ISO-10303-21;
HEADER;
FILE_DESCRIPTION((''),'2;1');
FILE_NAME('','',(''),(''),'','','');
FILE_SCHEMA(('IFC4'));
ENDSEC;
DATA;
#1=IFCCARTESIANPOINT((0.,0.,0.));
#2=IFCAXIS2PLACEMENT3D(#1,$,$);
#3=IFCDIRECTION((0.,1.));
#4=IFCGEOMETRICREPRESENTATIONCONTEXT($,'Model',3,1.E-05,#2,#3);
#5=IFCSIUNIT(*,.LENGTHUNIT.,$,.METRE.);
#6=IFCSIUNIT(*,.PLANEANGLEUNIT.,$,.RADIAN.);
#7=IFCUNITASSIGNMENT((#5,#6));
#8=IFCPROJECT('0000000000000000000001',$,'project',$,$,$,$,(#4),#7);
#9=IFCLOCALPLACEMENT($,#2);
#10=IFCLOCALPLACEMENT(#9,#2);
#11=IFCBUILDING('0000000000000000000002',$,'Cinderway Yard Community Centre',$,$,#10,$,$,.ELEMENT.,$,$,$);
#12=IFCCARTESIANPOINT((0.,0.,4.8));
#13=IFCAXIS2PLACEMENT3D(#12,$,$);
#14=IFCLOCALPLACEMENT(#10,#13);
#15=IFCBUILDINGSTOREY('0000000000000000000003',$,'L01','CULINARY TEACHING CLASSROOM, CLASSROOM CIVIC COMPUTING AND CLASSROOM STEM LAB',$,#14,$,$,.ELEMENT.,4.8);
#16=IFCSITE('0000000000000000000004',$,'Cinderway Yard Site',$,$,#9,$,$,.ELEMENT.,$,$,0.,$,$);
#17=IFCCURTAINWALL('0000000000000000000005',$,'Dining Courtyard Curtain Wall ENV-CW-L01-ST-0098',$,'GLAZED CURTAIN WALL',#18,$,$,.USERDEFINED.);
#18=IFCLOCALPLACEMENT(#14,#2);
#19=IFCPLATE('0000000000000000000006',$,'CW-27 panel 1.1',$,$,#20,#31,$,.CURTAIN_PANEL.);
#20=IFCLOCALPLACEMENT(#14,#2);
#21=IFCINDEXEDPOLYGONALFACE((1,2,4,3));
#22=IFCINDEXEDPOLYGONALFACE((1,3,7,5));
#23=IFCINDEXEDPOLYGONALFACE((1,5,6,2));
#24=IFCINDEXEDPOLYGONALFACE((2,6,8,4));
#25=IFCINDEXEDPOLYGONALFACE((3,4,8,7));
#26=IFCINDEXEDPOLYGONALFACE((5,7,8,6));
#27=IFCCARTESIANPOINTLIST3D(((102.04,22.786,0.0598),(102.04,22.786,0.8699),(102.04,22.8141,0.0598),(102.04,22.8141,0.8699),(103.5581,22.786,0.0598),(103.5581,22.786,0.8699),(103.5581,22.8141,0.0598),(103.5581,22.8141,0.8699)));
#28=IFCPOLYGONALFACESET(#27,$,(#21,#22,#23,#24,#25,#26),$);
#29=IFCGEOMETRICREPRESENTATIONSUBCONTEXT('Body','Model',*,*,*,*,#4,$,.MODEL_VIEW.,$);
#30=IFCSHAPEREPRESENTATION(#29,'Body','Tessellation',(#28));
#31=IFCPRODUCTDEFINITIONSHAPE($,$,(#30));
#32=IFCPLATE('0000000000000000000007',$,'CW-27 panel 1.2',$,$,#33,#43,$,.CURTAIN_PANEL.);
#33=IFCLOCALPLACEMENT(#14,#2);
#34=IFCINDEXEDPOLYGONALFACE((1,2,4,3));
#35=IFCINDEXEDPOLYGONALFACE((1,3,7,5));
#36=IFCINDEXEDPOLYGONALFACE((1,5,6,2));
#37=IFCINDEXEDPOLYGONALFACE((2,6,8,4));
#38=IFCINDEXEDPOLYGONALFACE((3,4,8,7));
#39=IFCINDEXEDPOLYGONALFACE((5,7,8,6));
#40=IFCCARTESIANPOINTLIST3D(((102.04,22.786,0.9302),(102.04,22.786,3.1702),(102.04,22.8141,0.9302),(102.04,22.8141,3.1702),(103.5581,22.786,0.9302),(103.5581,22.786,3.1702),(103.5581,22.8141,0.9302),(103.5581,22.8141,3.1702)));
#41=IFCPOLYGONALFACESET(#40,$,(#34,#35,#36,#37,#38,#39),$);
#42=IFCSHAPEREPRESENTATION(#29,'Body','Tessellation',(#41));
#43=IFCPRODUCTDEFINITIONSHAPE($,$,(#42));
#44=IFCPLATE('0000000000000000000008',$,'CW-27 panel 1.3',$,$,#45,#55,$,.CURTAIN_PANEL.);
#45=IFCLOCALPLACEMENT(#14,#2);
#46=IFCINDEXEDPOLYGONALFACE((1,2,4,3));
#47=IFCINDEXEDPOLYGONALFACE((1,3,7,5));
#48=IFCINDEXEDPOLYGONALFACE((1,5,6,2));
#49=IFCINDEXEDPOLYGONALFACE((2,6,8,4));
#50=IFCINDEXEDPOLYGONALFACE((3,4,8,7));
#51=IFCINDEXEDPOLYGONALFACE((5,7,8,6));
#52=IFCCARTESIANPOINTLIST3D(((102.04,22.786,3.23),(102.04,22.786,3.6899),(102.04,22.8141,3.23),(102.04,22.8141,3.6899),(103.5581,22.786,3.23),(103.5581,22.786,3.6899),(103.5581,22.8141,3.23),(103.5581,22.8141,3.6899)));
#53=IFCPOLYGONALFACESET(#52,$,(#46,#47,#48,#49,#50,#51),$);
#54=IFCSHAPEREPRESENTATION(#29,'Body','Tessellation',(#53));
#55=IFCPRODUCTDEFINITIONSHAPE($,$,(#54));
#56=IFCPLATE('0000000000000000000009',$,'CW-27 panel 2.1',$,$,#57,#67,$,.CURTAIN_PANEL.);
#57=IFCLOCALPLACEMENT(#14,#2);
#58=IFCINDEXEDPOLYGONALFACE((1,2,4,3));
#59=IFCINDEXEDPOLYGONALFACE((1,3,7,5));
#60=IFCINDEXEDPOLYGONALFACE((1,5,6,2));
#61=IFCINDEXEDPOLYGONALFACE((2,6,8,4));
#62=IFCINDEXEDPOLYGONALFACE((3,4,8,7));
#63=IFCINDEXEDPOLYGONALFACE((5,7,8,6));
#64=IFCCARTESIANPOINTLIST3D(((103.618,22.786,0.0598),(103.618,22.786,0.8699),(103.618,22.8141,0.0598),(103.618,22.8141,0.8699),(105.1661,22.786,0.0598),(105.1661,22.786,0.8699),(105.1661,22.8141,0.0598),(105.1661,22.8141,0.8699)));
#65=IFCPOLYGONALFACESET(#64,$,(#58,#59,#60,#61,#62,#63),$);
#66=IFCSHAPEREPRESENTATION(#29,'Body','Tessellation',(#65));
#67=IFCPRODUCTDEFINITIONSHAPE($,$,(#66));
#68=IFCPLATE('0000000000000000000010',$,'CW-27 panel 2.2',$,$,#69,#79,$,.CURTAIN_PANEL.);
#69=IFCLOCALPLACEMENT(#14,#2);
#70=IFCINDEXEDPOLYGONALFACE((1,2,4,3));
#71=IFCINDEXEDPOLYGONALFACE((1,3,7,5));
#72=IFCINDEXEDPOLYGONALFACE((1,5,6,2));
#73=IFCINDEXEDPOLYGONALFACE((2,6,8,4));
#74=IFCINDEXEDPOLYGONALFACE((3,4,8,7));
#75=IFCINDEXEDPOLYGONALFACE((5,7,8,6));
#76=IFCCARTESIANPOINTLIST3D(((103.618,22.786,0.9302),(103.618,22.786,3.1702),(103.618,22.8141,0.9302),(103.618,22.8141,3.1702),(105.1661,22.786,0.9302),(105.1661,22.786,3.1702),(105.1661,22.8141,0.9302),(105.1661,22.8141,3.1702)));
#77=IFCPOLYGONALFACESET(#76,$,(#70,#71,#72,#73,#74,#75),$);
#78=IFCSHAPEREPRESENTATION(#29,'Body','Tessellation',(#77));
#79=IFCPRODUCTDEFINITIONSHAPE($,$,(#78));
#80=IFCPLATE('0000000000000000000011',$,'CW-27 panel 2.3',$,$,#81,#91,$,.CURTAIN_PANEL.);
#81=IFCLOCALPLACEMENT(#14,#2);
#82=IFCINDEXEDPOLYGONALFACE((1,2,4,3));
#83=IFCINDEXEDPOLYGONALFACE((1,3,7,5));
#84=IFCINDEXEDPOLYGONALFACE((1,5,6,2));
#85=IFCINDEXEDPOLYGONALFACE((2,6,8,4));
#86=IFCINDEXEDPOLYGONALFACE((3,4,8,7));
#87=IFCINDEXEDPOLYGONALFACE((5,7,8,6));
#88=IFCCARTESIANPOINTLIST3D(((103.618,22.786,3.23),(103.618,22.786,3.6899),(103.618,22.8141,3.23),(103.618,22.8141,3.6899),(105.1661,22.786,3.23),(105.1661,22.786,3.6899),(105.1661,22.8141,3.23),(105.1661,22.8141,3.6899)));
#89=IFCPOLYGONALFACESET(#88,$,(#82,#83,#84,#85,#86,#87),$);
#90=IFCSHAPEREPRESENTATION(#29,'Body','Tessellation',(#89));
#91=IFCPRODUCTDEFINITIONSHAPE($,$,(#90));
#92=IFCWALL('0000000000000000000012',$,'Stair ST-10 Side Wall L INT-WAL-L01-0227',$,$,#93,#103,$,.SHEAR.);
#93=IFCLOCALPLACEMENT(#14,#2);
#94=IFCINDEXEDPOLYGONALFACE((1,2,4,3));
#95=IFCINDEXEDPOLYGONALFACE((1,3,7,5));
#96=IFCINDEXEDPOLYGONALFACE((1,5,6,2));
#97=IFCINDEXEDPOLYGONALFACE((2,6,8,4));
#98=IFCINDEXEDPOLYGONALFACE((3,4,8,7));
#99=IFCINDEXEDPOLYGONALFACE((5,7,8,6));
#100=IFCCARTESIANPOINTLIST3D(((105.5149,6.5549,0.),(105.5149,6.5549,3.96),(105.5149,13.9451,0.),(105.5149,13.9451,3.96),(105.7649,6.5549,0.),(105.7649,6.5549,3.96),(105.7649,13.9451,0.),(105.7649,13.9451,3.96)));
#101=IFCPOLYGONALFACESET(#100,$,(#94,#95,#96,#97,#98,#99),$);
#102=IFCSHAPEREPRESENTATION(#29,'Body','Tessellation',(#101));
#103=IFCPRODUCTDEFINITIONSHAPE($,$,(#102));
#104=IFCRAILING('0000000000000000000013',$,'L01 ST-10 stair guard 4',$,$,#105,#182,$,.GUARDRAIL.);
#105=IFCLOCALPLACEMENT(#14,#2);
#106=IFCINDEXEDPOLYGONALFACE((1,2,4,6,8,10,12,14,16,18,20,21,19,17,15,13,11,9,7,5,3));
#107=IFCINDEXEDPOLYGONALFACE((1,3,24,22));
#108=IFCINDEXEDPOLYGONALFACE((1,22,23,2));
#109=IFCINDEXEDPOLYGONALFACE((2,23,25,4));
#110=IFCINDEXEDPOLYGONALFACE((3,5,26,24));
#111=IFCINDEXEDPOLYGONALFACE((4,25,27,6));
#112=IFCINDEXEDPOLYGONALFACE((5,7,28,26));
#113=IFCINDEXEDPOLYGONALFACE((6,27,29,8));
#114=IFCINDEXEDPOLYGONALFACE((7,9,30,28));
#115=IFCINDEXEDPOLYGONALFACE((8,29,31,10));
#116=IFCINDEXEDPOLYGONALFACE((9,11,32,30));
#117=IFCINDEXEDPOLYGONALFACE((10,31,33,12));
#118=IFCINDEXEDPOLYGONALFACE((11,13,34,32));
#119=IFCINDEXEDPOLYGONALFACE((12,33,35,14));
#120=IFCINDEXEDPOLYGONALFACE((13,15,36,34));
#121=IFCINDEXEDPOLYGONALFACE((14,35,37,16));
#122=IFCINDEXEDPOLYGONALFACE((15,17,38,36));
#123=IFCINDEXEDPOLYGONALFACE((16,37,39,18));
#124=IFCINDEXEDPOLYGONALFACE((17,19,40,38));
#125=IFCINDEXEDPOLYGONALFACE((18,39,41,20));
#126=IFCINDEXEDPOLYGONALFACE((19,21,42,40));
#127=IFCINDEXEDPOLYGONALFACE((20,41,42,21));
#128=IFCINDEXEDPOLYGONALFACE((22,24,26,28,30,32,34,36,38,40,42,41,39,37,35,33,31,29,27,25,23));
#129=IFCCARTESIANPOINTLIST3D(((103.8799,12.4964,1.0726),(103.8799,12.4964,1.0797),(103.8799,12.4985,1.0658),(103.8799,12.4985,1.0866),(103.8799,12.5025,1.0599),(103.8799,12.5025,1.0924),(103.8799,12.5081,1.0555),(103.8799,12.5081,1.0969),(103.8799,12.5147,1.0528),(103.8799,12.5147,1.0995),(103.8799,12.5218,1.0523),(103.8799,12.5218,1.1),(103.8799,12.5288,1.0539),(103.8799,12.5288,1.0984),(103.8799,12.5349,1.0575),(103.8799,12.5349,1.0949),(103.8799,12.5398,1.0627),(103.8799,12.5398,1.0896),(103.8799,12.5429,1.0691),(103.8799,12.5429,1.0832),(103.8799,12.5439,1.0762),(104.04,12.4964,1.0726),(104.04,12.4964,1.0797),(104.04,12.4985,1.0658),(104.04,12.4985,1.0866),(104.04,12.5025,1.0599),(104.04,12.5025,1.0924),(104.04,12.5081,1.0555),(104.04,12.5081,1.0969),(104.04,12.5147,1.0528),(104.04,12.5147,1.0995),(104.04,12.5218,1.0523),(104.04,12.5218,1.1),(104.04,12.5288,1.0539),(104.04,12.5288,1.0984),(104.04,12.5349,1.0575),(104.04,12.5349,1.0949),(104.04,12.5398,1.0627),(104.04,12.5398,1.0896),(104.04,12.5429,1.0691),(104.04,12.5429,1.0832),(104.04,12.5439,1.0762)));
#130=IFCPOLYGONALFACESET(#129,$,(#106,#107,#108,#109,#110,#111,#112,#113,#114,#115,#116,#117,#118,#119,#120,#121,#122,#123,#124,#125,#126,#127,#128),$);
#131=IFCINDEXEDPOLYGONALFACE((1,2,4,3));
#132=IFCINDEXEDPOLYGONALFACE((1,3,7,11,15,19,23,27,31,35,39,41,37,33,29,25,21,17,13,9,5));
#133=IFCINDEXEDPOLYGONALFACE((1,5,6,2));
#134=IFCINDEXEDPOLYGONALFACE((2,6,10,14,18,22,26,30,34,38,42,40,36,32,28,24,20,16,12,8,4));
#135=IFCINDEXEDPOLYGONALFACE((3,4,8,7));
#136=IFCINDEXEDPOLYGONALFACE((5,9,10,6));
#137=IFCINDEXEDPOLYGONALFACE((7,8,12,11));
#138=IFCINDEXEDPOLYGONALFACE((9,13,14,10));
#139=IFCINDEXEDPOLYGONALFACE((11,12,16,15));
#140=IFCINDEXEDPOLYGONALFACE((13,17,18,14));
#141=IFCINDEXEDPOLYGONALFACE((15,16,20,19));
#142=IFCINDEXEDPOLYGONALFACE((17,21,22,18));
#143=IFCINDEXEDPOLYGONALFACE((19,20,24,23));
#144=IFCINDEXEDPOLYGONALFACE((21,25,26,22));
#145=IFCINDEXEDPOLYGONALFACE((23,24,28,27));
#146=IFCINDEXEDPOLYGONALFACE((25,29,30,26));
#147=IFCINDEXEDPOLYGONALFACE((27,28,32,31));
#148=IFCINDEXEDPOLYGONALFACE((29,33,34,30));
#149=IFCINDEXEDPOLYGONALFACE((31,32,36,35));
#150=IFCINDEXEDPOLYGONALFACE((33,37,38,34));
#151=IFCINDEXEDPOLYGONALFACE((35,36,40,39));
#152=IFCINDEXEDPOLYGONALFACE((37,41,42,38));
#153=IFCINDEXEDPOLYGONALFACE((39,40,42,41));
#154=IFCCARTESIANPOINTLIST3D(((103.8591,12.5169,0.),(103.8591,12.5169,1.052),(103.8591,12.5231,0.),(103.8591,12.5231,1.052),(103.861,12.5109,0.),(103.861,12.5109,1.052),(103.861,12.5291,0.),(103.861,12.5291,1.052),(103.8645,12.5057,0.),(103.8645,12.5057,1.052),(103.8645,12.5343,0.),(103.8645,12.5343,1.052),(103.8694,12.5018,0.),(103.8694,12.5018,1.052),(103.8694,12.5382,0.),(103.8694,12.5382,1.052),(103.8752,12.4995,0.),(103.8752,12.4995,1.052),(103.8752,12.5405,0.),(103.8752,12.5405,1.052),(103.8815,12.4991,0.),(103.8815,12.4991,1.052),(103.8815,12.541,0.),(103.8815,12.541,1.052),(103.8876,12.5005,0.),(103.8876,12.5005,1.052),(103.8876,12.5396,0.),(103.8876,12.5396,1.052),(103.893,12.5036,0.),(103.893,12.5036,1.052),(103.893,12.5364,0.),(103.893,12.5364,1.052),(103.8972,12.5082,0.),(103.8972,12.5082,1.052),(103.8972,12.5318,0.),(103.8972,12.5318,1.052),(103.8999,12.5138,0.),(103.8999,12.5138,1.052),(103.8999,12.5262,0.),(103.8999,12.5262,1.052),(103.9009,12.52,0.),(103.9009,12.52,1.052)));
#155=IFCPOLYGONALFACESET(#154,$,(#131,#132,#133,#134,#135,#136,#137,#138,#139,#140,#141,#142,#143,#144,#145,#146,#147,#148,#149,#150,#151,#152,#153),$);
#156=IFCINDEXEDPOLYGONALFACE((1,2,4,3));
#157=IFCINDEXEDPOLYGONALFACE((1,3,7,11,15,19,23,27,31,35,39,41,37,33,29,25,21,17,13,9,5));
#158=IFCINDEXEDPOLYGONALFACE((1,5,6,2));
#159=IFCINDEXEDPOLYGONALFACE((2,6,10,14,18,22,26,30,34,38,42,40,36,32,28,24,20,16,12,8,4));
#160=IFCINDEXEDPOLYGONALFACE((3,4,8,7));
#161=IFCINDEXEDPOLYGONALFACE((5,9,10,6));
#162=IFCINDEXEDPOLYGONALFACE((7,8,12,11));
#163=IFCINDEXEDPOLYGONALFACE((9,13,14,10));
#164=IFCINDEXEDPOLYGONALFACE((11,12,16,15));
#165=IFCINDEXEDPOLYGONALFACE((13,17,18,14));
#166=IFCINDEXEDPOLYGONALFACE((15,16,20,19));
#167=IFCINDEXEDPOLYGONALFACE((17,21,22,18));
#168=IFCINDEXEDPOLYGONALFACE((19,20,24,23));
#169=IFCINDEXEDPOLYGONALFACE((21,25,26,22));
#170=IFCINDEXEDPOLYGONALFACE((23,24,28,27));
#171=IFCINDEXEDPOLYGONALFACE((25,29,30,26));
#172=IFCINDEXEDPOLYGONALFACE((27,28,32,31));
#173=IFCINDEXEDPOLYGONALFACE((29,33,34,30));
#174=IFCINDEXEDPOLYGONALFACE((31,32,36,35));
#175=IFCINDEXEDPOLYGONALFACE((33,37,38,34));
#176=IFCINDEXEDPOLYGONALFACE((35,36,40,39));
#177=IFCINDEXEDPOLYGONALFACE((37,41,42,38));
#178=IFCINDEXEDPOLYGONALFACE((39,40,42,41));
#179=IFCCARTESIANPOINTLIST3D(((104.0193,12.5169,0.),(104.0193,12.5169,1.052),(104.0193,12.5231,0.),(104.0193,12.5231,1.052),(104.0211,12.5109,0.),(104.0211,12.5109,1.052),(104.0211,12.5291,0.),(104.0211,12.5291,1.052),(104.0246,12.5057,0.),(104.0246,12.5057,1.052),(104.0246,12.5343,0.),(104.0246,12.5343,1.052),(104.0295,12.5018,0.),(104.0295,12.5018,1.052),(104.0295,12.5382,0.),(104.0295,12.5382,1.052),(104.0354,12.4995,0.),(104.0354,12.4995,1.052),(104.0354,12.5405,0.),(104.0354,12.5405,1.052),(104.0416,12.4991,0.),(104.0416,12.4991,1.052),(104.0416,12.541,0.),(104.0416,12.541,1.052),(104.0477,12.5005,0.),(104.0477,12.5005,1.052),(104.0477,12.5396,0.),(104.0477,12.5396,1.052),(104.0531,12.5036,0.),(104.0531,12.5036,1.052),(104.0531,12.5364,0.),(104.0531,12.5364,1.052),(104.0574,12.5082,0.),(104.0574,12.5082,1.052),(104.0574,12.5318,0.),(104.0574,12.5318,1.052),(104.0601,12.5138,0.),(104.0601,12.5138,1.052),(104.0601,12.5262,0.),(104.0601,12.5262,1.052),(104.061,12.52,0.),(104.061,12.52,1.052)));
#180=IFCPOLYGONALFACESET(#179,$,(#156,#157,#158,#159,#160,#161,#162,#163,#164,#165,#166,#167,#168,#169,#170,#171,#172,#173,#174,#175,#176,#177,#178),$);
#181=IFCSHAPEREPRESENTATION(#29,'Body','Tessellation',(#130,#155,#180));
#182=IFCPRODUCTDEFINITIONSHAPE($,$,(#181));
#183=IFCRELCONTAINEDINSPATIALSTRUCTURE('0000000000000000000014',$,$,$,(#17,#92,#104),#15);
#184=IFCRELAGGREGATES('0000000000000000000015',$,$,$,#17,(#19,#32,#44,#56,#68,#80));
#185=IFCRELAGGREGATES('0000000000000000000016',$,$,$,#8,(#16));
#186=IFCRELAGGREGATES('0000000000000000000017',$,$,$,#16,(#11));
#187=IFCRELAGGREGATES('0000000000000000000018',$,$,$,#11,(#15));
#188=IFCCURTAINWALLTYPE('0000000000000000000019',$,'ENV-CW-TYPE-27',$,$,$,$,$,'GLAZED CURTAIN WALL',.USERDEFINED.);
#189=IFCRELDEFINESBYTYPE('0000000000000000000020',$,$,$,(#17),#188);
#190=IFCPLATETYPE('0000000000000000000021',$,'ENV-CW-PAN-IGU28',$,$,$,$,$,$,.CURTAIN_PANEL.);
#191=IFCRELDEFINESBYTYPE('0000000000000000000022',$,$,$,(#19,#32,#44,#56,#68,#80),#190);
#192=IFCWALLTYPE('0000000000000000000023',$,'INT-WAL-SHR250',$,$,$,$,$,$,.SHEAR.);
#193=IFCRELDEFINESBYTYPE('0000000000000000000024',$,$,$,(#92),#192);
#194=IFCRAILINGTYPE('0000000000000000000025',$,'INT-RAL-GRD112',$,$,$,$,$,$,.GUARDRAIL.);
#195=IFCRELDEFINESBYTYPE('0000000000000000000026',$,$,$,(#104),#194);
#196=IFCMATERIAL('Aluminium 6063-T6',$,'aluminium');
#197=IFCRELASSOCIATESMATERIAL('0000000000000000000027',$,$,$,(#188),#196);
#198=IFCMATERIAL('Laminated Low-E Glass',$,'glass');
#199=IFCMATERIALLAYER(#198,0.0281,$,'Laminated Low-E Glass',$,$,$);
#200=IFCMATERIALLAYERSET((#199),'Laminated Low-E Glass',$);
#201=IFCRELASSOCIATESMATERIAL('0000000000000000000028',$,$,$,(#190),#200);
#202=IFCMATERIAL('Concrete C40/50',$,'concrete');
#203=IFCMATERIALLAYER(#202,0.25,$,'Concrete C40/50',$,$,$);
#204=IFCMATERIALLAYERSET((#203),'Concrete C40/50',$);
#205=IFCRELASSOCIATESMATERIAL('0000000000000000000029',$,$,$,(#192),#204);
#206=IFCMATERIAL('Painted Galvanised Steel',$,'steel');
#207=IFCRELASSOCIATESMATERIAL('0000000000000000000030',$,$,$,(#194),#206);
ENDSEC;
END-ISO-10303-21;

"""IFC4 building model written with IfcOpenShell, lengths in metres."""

from ifc_helpers import new_model, si_unit, direction, frame, frame_2d, origin, origin_2d, place, context, subcontext, project, spatial, rectangle, circle, extrude, material, layer, layer_set, type_object, element, aggregate, save


model = new_model("IFC4")

# Units and contexts
model_context = context("Model", 3, precision=1e-05, world=origin(), true_north=direction((0.0, 1.0)))
body_context = subcontext(model_context, "Body", "Model", "MODEL_VIEW")
ifc_project = project(units=[si_unit("LENGTHUNIT", "METRE"), si_unit("PLANEANGLEUNIT", "RADIAN")], contexts=[model_context])

# Site, building, storey
site_placement = place(None, origin())
site = spatial("IfcSite", under=ifc_project, at=site_placement, Name="Cinderway Yard Site", CompositionType="ELEMENT", RefElevation=0.0)
building_placement = place(site_placement, origin())
building = spatial("IfcBuilding", under=site, at=building_placement, Name="Cinderway Yard Community Centre", CompositionType="ELEMENT")
storey_placement = place(building_placement, frame((0.0, 0.0, 4.8)))
storey = spatial("IfcBuildingStorey", under=building, at=storey_placement, Name="L01", Description="CULINARY TEACHING CLASSROOM, CLASSROOM CIVIC COMPUTING AND CLASSROOM STEM LAB", CompositionType="ELEMENT", Elevation=4.8)

# Shared definitions
ifc_material_1 = material(Name="Concrete C40/50", Category="concrete")

# Curtain wall
ifc_material_2 = material(Name="Aluminium 6063-T6", Category="aluminium")
curtain_wall_type = type_object("IfcCurtainWallType", Name="ENV-CW-TYPE-27", ElementType="GLAZED CURTAIN WALL", PredefinedType="USERDEFINED", material=ifc_material_2)
curtain_wall_placement = place(storey_placement, origin())
curtain_wall = element("IfcCurtainWall", 1, at=curtain_wall_placement, inside=storey, type_object=curtain_wall_type, Name="Dining Courtyard Curtain Wall ENV-CW-L01-ST-0098", ObjectType="GLAZED CURTAIN WALL", PredefinedType="USERDEFINED")

# Plates
ifc_material_3 = material(Name="Laminated Low-E Glass", Category="glass")
ifc_layer_1 = layer(ifc_material_3, 0.0281, Name="Laminated Low-E Glass")
ifc_layer_set_1 = layer_set([ifc_layer_1], Name="Laminated Low-E Glass")
plate_type = type_object("IfcPlateType", Name="ENV-CW-PAN-IGU28", PredefinedType="CURTAIN_PANEL", material=ifc_layer_set_1)
plate_1_placement = place(storey_placement, frame((102.7991, 22.8, 0.0598), z_axis=(0.0, 0.0, 1.0), x_axis=(1.0, 0.0, 0.0)))
plate_1 = element("IfcPlate", 2, at=plate_1_placement, type_object=plate_type, Name="CW-27 panel 1.1", PredefinedType="CURTAIN_PANEL", context=body_context, shape_type="SweptSolid", body=[
    extrude(rectangle(XDim=1.5181, YDim=0.0281, at=origin_2d()), origin(), (0.0, 0.0, 1.0), 0.8101),
])
plate_2_placement = place(storey_placement, frame((102.7991, 22.8, 0.9302), z_axis=(0.0, 0.0, 1.0), x_axis=(1.0, 0.0, 0.0)))
plate_2 = element("IfcPlate", 3, at=plate_2_placement, type_object=plate_type, Name="CW-27 panel 1.2", PredefinedType="CURTAIN_PANEL", context=body_context, shape_type="SweptSolid", body=[
    extrude(rectangle(XDim=1.5181, YDim=0.0281, at=origin_2d()), origin(), (0.0, 0.0, 1.0), 2.24),
])
plate_3_placement = place(storey_placement, frame((102.7991, 22.8, 3.23), z_axis=(0.0, 0.0, 1.0), x_axis=(1.0, 0.0, 0.0)))
plate_3 = element("IfcPlate", 4, at=plate_3_placement, type_object=plate_type, Name="CW-27 panel 1.3", PredefinedType="CURTAIN_PANEL", context=body_context, shape_type="SweptSolid", body=[
    extrude(rectangle(XDim=1.5181, YDim=0.0281, at=origin_2d()), origin(), (0.0, 0.0, 1.0), 0.46),
])
plate_4_placement = place(storey_placement, frame((104.3921, 22.8, 0.0598), z_axis=(0.0, 0.0, 1.0), x_axis=(1.0, 0.0, 0.0)))
plate_4 = element("IfcPlate", 5, at=plate_4_placement, type_object=plate_type, Name="CW-27 panel 2.1", PredefinedType="CURTAIN_PANEL", context=body_context, shape_type="SweptSolid", body=[
    extrude(rectangle(XDim=1.5481, YDim=0.0281, at=origin_2d()), origin(), (0.0, 0.0, 1.0), 0.8101),
])
plate_5_placement = place(storey_placement, frame((104.3921, 22.8, 0.9302), z_axis=(0.0, 0.0, 1.0), x_axis=(1.0, 0.0, 0.0)))
plate_5 = element("IfcPlate", 6, at=plate_5_placement, type_object=plate_type, Name="CW-27 panel 2.2", PredefinedType="CURTAIN_PANEL", context=body_context, shape_type="SweptSolid", body=[
    extrude(rectangle(XDim=1.5481, YDim=0.0281, at=origin_2d()), origin(), (0.0, 0.0, 1.0), 2.24),
])
plate_6_placement = place(storey_placement, frame((104.3921, 22.8, 3.23), z_axis=(0.0, 0.0, 1.0), x_axis=(1.0, 0.0, 0.0)))
plate_6 = element("IfcPlate", 7, at=plate_6_placement, type_object=plate_type, Name="CW-27 panel 2.3", PredefinedType="CURTAIN_PANEL", context=body_context, shape_type="SweptSolid", body=[
    extrude(rectangle(XDim=1.5481, YDim=0.0281, at=origin_2d()), origin(), (0.0, 0.0, 1.0), 0.46),
])
aggregate(curtain_wall, [plate_1, plate_2, plate_3, plate_4, plate_5, plate_6])

# Shared definitions
ifc_layer_2 = layer(ifc_material_1, 0.25, Name="Concrete C40/50")
ifc_layer_set_2 = layer_set([ifc_layer_2], Name="Concrete C40/50")
wall_type = type_object("IfcWallType", Name="INT-WAL-SHR250", PredefinedType="SHEAR", material=ifc_layer_set_2)
ifc_material_4 = material(Name="Painted Galvanised Steel", Category="steel")

# Wall
wall_1_placement = place(storey_placement, frame((105.6399, 13.9451, 0.0), z_axis=(0.0, 0.0, 1.0), x_axis=(0.0, -1.0, 0.0)))
element("IfcWall", 8, at=wall_1_placement, inside=storey, type_object=wall_type, Name="Stair ST-10 Side Wall L INT-WAL-L01-0227", PredefinedType="SHEAR", context=body_context, shape_type="SweptSolid", body=[
    extrude(rectangle(XDim=7.3901, YDim=0.25, at=frame_2d((3.6951, 0.0))), origin(), (0.0, 0.0, 1.0), 3.96),
])

# Railing
railing_type = type_object("IfcRailingType", Name="INT-RAL-GRD112", PredefinedType="GUARDRAIL", material=ifc_material_4)
railing_placement = place(storey_placement, frame((103.8799, 12.52, 0.0)))
element("IfcRailing", 9, at=railing_placement, inside=storey, type_object=railing_type, Name="L01 ST-10 stair guard 4", PredefinedType="GUARDRAIL", context=body_context, shape_type="SweptSolid", body=[
    extrude(circle(Radius=0.0239, at=origin_2d()), frame((0.0, 0.0, 1.0762), z_axis=(1.0, 0.0, 0.0), x_axis=(0.0, 1.0, 0.0)), (0.0, 0.0, 1.0), 0.1602),
    extrude(circle(Radius=0.021, at=origin_2d()), origin(), (0.0, 0.0, 1.0), 1.052),
    extrude(circle(Radius=0.021, at=origin_2d()), frame((0.1602, 0.0, 0.0)), (0.0, 0.0, 1.0), 1.052),
])

save(model, "model.ifc")
